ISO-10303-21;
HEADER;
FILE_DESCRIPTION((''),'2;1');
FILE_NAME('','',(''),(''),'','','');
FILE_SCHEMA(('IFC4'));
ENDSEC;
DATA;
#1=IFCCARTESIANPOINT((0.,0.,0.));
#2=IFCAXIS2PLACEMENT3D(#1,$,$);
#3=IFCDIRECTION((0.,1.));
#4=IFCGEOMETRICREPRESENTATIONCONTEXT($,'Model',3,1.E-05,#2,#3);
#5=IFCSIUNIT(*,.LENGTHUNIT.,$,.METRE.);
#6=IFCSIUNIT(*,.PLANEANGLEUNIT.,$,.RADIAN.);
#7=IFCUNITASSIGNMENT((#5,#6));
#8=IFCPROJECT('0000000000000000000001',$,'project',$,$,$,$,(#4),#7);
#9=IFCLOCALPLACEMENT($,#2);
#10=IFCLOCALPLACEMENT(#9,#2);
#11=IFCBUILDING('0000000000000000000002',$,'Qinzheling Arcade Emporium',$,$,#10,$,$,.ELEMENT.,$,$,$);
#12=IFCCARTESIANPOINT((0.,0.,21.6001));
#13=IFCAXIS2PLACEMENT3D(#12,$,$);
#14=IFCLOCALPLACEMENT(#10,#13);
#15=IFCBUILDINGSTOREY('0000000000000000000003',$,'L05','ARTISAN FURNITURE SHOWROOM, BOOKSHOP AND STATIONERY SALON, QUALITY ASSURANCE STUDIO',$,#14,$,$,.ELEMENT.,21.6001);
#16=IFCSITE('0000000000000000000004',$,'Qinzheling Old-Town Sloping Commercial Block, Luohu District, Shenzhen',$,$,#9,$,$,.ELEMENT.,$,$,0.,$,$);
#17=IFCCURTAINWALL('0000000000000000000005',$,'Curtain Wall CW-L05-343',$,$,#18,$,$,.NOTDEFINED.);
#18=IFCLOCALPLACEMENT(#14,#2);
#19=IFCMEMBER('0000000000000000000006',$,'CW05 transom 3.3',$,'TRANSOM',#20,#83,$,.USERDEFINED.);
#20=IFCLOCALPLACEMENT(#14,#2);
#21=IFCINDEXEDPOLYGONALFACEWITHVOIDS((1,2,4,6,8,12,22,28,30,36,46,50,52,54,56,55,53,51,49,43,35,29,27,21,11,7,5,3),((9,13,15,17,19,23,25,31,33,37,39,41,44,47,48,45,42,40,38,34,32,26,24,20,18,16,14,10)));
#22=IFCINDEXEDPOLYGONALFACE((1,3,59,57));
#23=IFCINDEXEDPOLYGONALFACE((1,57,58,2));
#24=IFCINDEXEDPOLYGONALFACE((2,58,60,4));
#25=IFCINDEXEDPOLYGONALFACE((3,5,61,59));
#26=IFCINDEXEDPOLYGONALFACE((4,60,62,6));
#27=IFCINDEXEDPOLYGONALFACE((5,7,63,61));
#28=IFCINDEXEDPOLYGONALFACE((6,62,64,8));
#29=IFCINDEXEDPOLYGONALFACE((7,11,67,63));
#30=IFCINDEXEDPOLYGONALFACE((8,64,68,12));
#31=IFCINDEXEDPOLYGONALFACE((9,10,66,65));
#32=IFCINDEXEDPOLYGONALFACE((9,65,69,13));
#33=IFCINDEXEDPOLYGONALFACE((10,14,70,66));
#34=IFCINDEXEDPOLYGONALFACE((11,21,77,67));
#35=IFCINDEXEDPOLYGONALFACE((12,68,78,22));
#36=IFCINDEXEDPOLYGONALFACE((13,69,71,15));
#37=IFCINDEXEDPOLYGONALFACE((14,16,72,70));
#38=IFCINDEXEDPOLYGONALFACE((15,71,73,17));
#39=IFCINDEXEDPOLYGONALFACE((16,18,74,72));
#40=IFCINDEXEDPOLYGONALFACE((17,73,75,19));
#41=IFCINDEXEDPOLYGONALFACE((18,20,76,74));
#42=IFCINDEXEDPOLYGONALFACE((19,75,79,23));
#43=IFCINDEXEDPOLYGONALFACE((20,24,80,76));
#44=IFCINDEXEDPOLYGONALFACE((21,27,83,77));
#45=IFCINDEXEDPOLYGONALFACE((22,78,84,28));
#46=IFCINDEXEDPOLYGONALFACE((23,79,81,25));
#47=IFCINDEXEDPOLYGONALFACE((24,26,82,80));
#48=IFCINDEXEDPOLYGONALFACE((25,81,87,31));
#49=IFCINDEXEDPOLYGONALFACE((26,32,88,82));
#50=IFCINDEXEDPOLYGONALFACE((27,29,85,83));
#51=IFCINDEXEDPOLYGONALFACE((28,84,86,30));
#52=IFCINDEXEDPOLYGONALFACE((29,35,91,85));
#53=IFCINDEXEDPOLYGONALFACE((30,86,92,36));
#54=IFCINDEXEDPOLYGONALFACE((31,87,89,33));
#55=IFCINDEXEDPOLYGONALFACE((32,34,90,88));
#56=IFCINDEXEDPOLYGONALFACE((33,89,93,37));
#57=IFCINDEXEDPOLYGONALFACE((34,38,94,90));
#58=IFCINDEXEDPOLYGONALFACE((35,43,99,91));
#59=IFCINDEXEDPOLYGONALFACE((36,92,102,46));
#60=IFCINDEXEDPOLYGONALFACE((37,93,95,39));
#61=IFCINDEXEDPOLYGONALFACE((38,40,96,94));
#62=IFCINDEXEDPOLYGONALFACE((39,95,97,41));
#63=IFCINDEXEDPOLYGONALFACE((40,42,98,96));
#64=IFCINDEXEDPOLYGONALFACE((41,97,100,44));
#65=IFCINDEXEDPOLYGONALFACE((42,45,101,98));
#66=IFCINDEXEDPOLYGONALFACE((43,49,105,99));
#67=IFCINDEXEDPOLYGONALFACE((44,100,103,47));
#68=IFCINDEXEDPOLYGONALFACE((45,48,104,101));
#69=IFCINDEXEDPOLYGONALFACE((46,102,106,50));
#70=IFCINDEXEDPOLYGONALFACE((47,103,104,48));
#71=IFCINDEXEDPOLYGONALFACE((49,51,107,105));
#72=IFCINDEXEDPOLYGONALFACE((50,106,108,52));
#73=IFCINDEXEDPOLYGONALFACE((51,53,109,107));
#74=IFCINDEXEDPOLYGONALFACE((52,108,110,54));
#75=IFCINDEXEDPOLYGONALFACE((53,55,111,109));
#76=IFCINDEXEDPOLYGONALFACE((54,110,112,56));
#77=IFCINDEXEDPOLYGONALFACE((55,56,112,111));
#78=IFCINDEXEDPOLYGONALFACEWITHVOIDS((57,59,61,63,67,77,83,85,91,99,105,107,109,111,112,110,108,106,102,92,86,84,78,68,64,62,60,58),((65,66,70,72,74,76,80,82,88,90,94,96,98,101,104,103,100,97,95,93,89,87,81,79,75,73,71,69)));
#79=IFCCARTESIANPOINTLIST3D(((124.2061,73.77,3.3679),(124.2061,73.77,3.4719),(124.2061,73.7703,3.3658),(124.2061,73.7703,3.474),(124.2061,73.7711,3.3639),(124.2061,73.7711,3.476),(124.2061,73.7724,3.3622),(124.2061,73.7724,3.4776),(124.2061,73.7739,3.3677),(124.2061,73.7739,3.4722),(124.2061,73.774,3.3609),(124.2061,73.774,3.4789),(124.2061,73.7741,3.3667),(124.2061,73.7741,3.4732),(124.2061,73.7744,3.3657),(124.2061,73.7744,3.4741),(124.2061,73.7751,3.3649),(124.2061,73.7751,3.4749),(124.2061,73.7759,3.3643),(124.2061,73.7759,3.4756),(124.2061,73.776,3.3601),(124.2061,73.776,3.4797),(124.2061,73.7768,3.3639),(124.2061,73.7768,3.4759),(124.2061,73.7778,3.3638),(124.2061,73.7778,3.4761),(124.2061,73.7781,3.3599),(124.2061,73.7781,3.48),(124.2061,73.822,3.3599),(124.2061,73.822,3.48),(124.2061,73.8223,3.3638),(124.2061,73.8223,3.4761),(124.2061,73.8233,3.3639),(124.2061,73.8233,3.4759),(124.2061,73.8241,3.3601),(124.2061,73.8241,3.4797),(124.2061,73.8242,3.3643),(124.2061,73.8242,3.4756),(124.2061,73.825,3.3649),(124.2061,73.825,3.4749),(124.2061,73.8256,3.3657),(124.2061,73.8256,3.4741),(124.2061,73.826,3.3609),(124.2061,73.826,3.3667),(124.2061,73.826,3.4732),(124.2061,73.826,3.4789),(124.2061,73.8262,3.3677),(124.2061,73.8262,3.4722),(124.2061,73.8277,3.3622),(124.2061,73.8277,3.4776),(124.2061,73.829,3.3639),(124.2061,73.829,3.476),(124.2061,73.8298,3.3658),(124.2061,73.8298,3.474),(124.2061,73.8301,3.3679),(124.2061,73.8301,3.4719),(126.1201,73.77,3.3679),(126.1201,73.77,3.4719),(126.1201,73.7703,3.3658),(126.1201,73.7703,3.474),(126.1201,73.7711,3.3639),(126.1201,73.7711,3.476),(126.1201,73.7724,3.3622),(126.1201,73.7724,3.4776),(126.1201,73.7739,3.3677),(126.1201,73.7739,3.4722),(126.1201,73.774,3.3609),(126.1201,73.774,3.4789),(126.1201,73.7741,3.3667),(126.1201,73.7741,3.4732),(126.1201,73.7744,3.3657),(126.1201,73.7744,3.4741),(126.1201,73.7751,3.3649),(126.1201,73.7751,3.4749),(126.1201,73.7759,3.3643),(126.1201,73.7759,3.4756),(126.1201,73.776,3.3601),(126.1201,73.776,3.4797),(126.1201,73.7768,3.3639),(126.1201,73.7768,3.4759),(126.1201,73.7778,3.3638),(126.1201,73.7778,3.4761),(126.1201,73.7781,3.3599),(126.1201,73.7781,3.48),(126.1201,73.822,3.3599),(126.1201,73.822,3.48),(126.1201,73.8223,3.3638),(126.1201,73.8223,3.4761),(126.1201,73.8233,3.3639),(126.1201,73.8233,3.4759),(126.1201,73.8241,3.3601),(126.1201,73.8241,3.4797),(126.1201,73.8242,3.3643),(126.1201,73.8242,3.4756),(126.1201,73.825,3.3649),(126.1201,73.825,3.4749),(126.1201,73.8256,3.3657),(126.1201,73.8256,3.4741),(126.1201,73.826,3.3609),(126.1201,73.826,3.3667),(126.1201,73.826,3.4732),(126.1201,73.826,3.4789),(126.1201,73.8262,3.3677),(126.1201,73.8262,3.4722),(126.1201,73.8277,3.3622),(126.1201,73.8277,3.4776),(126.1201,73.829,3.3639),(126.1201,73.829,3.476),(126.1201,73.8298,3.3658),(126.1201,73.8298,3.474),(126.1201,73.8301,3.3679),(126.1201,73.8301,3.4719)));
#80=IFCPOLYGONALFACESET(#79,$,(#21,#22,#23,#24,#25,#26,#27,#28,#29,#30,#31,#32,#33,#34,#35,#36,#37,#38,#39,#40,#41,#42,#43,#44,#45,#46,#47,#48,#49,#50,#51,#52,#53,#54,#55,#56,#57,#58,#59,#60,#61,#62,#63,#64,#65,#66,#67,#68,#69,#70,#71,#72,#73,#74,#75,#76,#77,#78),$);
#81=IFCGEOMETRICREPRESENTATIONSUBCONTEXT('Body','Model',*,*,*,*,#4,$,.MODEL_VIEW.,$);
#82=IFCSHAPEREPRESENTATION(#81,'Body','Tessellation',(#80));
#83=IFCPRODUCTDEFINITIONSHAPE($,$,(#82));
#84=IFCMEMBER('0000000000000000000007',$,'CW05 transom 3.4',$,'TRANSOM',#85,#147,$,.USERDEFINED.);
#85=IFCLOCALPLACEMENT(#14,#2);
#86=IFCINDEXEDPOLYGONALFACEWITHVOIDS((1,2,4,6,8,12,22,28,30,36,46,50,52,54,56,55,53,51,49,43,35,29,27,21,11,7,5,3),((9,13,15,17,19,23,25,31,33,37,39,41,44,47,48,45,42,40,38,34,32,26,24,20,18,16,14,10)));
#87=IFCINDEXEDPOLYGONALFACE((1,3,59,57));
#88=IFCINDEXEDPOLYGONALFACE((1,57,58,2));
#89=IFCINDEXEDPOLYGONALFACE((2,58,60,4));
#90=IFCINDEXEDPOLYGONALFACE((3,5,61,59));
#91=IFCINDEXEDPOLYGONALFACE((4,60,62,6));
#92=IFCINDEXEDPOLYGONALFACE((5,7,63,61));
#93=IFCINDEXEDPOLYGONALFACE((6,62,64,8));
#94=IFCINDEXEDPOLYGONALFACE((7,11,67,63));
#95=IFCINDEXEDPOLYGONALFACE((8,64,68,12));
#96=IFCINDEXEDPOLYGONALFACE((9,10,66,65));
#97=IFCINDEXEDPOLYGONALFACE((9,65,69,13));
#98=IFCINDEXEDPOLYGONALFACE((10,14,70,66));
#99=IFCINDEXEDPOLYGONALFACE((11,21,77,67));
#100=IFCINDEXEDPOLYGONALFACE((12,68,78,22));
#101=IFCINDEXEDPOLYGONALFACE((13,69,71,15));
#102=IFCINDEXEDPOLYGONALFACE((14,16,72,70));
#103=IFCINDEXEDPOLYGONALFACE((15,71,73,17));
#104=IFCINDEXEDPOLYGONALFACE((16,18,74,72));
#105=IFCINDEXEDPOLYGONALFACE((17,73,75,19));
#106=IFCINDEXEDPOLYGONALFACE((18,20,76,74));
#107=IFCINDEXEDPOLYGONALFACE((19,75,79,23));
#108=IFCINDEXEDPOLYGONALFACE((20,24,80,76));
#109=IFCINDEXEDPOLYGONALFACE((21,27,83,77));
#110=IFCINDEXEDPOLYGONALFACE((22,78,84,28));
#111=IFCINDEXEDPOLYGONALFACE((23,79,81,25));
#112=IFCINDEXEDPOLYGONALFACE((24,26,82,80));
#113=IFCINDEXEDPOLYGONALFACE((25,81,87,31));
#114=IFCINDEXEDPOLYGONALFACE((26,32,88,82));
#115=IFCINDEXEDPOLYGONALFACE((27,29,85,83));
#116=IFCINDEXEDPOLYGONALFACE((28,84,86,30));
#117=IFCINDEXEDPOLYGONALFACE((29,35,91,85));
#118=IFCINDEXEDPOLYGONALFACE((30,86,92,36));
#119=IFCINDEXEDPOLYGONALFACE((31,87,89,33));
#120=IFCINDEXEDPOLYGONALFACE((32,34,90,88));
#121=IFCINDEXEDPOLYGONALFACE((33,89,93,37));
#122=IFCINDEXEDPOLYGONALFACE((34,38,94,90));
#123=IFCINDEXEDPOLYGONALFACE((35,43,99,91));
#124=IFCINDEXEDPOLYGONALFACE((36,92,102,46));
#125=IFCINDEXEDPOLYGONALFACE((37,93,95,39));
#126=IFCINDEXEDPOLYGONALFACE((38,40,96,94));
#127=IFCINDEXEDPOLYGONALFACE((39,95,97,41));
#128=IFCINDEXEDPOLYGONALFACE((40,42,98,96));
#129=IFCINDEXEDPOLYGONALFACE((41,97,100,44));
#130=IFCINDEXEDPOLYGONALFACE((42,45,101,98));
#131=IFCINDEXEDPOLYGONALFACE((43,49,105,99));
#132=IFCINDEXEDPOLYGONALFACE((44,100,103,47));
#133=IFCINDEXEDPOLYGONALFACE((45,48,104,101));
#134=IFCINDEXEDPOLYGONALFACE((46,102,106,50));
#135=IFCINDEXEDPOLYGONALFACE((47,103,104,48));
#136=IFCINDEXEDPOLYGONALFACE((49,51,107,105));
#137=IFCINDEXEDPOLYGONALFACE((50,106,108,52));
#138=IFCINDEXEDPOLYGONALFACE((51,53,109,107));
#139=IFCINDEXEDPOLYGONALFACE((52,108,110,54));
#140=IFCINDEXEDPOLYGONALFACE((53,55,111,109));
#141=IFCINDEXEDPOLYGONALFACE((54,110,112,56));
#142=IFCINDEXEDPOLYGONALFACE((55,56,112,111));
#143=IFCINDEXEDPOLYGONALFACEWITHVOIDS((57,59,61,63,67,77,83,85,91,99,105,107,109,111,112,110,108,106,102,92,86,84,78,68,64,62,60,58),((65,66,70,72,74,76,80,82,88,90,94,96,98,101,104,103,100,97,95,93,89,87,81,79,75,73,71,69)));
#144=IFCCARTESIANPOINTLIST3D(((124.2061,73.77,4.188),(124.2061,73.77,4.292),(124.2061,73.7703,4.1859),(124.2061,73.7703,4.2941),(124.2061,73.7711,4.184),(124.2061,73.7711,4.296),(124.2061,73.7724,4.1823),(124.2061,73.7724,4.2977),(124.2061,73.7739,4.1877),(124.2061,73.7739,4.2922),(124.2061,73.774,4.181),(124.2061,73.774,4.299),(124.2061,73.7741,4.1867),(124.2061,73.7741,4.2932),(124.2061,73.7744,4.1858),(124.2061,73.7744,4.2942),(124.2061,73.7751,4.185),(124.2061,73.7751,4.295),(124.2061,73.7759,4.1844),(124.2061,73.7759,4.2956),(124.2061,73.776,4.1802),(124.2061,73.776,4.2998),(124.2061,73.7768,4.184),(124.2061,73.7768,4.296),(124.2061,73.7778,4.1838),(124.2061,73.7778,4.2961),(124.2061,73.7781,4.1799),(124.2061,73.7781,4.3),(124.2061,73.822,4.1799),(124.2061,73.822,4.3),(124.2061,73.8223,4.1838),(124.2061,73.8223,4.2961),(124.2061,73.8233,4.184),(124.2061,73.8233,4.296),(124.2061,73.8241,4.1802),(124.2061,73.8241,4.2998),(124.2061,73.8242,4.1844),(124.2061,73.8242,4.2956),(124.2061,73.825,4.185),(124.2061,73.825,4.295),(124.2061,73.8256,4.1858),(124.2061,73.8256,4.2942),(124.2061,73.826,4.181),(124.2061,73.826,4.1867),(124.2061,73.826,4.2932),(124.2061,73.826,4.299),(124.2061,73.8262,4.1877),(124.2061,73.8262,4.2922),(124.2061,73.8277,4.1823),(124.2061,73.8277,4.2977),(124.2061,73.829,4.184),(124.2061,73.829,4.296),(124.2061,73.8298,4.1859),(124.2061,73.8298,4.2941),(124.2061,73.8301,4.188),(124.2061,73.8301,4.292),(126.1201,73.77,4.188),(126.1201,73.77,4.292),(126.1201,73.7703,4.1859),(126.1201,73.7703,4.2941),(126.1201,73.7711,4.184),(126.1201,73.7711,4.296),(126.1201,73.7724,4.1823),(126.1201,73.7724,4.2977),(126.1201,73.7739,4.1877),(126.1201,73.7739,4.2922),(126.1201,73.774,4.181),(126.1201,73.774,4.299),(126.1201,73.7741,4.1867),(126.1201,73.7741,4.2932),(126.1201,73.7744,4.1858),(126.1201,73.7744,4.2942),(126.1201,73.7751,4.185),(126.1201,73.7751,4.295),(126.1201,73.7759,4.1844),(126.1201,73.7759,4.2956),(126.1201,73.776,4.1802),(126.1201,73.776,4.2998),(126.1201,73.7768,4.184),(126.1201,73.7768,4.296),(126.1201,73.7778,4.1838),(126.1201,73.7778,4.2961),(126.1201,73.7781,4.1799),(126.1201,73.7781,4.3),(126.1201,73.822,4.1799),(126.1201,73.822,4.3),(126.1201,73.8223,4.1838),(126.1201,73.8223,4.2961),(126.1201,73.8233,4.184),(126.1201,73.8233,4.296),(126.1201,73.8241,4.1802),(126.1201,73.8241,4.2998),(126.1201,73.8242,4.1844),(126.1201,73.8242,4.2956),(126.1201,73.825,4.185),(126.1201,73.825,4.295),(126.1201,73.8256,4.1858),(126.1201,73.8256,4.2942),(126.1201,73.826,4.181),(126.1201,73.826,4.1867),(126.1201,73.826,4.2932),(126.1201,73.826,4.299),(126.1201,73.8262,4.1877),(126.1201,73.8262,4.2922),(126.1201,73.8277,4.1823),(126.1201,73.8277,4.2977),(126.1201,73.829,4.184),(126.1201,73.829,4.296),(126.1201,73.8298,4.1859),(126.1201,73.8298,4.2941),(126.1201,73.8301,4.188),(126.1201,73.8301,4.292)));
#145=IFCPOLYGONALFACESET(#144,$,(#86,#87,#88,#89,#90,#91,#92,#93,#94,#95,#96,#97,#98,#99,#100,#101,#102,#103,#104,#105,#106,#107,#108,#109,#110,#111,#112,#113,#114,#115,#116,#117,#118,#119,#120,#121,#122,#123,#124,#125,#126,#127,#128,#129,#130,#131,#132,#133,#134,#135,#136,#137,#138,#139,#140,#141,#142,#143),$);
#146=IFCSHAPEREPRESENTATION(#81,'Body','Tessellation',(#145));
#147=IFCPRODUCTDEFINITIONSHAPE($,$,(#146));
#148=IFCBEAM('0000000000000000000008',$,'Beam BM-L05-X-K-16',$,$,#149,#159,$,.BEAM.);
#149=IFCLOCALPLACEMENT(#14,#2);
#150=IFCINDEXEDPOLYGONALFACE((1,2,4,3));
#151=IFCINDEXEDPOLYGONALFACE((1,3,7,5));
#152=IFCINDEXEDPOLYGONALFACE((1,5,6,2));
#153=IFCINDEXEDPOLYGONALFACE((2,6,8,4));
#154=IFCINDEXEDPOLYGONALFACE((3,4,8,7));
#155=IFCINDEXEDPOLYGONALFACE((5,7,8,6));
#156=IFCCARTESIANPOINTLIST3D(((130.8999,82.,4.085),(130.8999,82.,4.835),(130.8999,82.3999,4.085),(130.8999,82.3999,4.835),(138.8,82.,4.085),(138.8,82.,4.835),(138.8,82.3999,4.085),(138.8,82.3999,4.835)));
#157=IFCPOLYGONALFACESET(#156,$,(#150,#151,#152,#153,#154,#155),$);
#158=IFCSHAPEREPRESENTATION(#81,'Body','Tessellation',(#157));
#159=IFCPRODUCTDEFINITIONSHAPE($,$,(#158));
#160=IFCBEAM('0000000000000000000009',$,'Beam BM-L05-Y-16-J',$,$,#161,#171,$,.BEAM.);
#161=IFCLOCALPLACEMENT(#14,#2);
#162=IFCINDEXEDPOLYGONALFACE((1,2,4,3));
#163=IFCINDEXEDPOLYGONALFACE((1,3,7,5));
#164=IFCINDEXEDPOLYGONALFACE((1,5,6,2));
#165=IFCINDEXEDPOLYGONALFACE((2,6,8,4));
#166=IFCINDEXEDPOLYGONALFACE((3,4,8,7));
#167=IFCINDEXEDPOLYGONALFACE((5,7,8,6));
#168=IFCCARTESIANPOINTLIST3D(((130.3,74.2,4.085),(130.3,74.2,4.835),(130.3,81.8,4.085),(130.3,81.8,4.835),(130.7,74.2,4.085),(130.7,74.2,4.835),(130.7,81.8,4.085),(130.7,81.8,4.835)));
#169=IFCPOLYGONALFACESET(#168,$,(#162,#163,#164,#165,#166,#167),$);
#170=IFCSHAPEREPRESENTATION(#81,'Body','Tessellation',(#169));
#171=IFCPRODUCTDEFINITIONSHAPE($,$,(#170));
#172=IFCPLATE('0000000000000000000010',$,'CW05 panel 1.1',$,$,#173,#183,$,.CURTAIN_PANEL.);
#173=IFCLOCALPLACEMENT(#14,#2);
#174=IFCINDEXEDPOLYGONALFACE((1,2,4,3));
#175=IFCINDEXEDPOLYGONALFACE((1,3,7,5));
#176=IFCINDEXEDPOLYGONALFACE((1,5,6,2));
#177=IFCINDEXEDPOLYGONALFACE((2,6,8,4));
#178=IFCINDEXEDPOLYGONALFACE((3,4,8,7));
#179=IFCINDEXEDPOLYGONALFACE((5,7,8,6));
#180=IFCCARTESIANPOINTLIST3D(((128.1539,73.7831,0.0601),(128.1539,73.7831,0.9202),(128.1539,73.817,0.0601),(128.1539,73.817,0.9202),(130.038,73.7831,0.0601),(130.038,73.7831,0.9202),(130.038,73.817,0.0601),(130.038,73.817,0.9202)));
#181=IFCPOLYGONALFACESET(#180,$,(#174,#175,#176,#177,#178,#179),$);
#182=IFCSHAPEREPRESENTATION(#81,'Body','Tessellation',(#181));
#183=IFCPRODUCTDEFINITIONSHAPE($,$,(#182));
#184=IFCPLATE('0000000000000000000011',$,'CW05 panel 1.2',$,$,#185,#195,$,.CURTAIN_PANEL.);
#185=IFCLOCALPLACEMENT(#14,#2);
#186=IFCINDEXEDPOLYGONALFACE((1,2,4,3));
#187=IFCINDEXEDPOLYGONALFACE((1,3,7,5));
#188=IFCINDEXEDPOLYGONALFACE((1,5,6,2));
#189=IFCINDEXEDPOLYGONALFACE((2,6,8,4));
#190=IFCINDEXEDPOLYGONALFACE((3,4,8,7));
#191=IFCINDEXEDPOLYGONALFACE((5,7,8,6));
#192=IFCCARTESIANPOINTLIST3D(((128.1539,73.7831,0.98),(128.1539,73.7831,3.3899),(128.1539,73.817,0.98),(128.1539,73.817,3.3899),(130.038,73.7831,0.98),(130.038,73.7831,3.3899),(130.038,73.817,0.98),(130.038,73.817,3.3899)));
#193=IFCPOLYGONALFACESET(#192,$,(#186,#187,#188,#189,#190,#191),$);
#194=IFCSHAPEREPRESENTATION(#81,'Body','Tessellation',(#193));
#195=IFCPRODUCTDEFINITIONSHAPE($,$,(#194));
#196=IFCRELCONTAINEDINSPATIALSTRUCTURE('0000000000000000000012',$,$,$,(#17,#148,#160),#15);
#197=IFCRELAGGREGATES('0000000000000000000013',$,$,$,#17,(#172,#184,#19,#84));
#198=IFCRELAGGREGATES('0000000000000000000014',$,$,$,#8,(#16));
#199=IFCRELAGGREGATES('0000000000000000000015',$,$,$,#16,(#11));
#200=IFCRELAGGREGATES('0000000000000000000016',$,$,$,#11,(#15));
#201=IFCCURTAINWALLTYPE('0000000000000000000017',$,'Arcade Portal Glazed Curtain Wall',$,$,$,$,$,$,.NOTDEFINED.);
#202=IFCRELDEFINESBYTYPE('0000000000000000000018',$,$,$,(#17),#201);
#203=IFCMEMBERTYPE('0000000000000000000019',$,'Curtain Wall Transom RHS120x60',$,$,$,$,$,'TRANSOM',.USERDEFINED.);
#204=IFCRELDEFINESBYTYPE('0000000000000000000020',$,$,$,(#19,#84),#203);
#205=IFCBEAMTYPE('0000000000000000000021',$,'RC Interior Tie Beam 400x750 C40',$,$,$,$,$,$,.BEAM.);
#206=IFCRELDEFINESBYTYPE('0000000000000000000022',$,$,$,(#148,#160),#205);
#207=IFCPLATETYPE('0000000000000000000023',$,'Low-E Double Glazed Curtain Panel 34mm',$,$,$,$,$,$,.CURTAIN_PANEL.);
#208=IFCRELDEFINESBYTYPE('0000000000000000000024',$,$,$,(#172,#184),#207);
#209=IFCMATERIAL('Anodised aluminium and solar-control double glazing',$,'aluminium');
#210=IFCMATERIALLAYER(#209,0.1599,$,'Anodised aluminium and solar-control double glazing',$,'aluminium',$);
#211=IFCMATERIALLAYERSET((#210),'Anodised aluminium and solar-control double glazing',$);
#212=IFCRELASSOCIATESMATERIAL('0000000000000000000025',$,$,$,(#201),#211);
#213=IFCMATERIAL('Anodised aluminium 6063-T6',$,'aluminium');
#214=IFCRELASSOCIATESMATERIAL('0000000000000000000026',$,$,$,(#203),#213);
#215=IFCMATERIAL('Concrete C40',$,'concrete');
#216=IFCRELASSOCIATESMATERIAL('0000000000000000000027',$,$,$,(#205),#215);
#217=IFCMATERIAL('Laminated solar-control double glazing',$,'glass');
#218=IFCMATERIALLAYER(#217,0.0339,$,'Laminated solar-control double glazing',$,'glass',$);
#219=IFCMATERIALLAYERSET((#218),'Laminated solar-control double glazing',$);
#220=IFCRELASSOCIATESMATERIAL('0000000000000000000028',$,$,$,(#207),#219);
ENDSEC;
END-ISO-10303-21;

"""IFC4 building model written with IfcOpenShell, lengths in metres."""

from ifc_helpers import new_model, si_unit, direction, frame, origin, origin_2d, place, context, subcontext, project, spatial, rectangle, hollow_rectangle, extrude, material, layer, layer_set, material_profile, profile_set, type_object, element, aggregate, save


model = new_model("IFC4")

# Units and contexts
model_context = context("Model", 3, precision=1e-05, world=origin(), true_north=direction((0.0, 1.0)))
body_context = subcontext(model_context, "Body", "Model", "MODEL_VIEW")
ifc_project = project(units=[si_unit("LENGTHUNIT", "METRE"), si_unit("PLANEANGLEUNIT", "RADIAN")], contexts=[model_context])

# Site, building, storey
site_placement = place(None, origin())
site = spatial("IfcSite", under=ifc_project, at=site_placement, Name="Qinzheling Old-Town Sloping Commercial Block, Luohu District, Shenzhen", CompositionType="ELEMENT", RefElevation=0.0)
building_placement = place(site_placement, origin())
building = spatial("IfcBuilding", under=site, at=building_placement, Name="Qinzheling Arcade Emporium", CompositionType="ELEMENT")
storey_placement = place(building_placement, frame((0.0, 0.0, 21.6001)))
storey = spatial("IfcBuildingStorey", under=building, at=storey_placement, Name="L05", Description="ARTISAN FURNITURE SHOWROOM, BOOKSHOP AND STATIONERY SALON, QUALITY ASSURANCE STUDIO", CompositionType="ELEMENT", Elevation=21.6001)

# Shared definitions
ifc_material_1 = material(Name="Concrete C40", Category="concrete")

# Curtain wall, members
ifc_material_2 = material(Name="Anodised aluminium and solar-control double glazing", Category="aluminium")
ifc_layer_1 = layer(ifc_material_2, 0.1599, Name="Anodised aluminium and solar-control double glazing", Category="aluminium")
ifc_layer_set_1 = layer_set([ifc_layer_1], Name="Anodised aluminium and solar-control double glazing")
curtain_wall_type = type_object("IfcCurtainWallType", Name="Arcade Portal Glazed Curtain Wall", PredefinedType="NOTDEFINED", material=ifc_layer_set_1)
curtain_wall_placement = place(storey_placement, origin())
curtain_wall = element("IfcCurtainWall", 1, at=curtain_wall_placement, inside=storey, type_object=curtain_wall_type, Name="Curtain Wall CW-L05-343", PredefinedType="NOTDEFINED")
ifc_material_3 = material(Name="Anodised aluminium 6063-T6", Category="aluminium")
ifc_material_profile_1 = material_profile(ifc_material_3, hollow_rectangle(XDim=0.0601, YDim=0.1201, WallThickness=0.0039, InnerFilletRadius=0.0039, OuterFilletRadius=0.0081, at=origin_2d()), Name="RHS 120x60x4", Category="aluminium")
ifc_profile_set_1 = profile_set([ifc_material_profile_1], Name="Anodised aluminium 6063-T6")
member_type_1 = type_object("IfcMemberType", Name="Curtain Wall Transom RHS120x60", ElementType="TRANSOM", PredefinedType="USERDEFINED", material=ifc_profile_set_1)
member_1_placement = place(storey_placement, frame((126.1201, 73.8, 3.4199), z_axis=(-1.0, 0.0, 0.0), x_axis=(0.0, -1.0, 0.0)))
member_1 = element("IfcMember", 2, at=member_1_placement, type_object=member_type_1, Name="CW05 transom 3.3", ObjectType="TRANSOM", PredefinedType="USERDEFINED", context=body_context, shape_type="SweptSolid", body=[
    extrude(hollow_rectangle(XDim=0.0601, YDim=0.1201, WallThickness=0.0039, InnerFilletRadius=0.0039, OuterFilletRadius=0.0081, at=origin_2d()), origin(), (0.0, 0.0, 1.0), 1.9141),
])
member_2_placement = place(storey_placement, frame((126.1201, 73.8, 4.24), z_axis=(-1.0, 0.0, 0.0), x_axis=(0.0, -1.0, 0.0)))
member_2 = element("IfcMember", 3, at=member_2_placement, type_object=member_type_1, Name="CW05 transom 3.4", ObjectType="TRANSOM", PredefinedType="USERDEFINED", context=body_context, shape_type="SweptSolid", body=[
    extrude(hollow_rectangle(XDim=0.0601, YDim=0.1201, WallThickness=0.0039, InnerFilletRadius=0.0039, OuterFilletRadius=0.0081, at=origin_2d()), origin(), (0.0, 0.0, 1.0), 1.9141),
])

# Beams
ifc_material_profile_2 = material_profile(ifc_material_1, rectangle(XDim=0.3999, YDim=0.75, at=origin_2d()), Name="RC 400x750", Category="concrete")
ifc_profile_set_2 = profile_set([ifc_material_profile_2], Name="Concrete C40")
beam_type = type_object("IfcBeamType", Name="RC Interior Tie Beam 400x750 C40", PredefinedType="BEAM", material=ifc_profile_set_2)
beam_1_placement = place(storey_placement, frame((130.8999, 82.2, 4.46), z_axis=(1.0, 0.0, 0.0), x_axis=(0.0, 1.0, 0.0)))
element("IfcBeam", 4, at=beam_1_placement, inside=storey, type_object=beam_type, Name="Beam BM-L05-X-K-16", PredefinedType="BEAM", context=body_context, shape_type="SweptSolid", body=[
    extrude(rectangle(XDim=0.3999, YDim=0.75, at=origin_2d()), origin(), (0.0, 0.0, 1.0), 7.9001),
])
beam_2_placement = place(storey_placement, frame((130.5, 74.2, 4.46), z_axis=(0.0, 1.0, 0.0), x_axis=(-1.0, 0.0, 0.0)))
element("IfcBeam", 5, at=beam_2_placement, inside=storey, type_object=beam_type, Name="Beam BM-L05-Y-16-J", PredefinedType="BEAM", context=body_context, shape_type="SweptSolid", body=[
    extrude(rectangle(XDim=0.3999, YDim=0.75, at=origin_2d()), origin(), (0.0, 0.0, 1.0), 7.6001),
])

# Plates
ifc_material_4 = material(Name="Laminated solar-control double glazing", Category="glass")
ifc_layer_2 = layer(ifc_material_4, 0.0339, Name="Laminated solar-control double glazing", Category="glass")
ifc_layer_set_2 = layer_set([ifc_layer_2], Name="Laminated solar-control double glazing")
plate_type = type_object("IfcPlateType", Name="Low-E Double Glazed Curtain Panel 34mm", PredefinedType="CURTAIN_PANEL", material=ifc_layer_set_2)
plate_1_placement = place(storey_placement, frame((129.0959, 73.8, 0.0601), z_axis=(0.0, 0.0, 1.0), x_axis=(-1.0, 0.0, 0.0)))
plate_1 = element("IfcPlate", 6, at=plate_1_placement, type_object=plate_type, Name="CW05 panel 1.1", PredefinedType="CURTAIN_PANEL", context=body_context, shape_type="SweptSolid", body=[
    extrude(rectangle(XDim=1.884, YDim=0.0339, at=origin_2d()), origin(), (0.0, 0.0, 1.0), 0.8601),
])
plate_2_placement = place(storey_placement, frame((129.0959, 73.8, 0.98), z_axis=(0.0, 0.0, 1.0), x_axis=(-1.0, 0.0, 0.0)))
plate_2 = element("IfcPlate", 7, at=plate_2_placement, type_object=plate_type, Name="CW05 panel 1.2", PredefinedType="CURTAIN_PANEL", context=body_context, shape_type="SweptSolid", body=[
    extrude(rectangle(XDim=1.884, YDim=0.0339, at=origin_2d()), origin(), (0.0, 0.0, 1.0), 2.4099),
])
aggregate(curtain_wall, [plate_1, plate_2, member_1, member_2])

save(model, "model.ifc")
